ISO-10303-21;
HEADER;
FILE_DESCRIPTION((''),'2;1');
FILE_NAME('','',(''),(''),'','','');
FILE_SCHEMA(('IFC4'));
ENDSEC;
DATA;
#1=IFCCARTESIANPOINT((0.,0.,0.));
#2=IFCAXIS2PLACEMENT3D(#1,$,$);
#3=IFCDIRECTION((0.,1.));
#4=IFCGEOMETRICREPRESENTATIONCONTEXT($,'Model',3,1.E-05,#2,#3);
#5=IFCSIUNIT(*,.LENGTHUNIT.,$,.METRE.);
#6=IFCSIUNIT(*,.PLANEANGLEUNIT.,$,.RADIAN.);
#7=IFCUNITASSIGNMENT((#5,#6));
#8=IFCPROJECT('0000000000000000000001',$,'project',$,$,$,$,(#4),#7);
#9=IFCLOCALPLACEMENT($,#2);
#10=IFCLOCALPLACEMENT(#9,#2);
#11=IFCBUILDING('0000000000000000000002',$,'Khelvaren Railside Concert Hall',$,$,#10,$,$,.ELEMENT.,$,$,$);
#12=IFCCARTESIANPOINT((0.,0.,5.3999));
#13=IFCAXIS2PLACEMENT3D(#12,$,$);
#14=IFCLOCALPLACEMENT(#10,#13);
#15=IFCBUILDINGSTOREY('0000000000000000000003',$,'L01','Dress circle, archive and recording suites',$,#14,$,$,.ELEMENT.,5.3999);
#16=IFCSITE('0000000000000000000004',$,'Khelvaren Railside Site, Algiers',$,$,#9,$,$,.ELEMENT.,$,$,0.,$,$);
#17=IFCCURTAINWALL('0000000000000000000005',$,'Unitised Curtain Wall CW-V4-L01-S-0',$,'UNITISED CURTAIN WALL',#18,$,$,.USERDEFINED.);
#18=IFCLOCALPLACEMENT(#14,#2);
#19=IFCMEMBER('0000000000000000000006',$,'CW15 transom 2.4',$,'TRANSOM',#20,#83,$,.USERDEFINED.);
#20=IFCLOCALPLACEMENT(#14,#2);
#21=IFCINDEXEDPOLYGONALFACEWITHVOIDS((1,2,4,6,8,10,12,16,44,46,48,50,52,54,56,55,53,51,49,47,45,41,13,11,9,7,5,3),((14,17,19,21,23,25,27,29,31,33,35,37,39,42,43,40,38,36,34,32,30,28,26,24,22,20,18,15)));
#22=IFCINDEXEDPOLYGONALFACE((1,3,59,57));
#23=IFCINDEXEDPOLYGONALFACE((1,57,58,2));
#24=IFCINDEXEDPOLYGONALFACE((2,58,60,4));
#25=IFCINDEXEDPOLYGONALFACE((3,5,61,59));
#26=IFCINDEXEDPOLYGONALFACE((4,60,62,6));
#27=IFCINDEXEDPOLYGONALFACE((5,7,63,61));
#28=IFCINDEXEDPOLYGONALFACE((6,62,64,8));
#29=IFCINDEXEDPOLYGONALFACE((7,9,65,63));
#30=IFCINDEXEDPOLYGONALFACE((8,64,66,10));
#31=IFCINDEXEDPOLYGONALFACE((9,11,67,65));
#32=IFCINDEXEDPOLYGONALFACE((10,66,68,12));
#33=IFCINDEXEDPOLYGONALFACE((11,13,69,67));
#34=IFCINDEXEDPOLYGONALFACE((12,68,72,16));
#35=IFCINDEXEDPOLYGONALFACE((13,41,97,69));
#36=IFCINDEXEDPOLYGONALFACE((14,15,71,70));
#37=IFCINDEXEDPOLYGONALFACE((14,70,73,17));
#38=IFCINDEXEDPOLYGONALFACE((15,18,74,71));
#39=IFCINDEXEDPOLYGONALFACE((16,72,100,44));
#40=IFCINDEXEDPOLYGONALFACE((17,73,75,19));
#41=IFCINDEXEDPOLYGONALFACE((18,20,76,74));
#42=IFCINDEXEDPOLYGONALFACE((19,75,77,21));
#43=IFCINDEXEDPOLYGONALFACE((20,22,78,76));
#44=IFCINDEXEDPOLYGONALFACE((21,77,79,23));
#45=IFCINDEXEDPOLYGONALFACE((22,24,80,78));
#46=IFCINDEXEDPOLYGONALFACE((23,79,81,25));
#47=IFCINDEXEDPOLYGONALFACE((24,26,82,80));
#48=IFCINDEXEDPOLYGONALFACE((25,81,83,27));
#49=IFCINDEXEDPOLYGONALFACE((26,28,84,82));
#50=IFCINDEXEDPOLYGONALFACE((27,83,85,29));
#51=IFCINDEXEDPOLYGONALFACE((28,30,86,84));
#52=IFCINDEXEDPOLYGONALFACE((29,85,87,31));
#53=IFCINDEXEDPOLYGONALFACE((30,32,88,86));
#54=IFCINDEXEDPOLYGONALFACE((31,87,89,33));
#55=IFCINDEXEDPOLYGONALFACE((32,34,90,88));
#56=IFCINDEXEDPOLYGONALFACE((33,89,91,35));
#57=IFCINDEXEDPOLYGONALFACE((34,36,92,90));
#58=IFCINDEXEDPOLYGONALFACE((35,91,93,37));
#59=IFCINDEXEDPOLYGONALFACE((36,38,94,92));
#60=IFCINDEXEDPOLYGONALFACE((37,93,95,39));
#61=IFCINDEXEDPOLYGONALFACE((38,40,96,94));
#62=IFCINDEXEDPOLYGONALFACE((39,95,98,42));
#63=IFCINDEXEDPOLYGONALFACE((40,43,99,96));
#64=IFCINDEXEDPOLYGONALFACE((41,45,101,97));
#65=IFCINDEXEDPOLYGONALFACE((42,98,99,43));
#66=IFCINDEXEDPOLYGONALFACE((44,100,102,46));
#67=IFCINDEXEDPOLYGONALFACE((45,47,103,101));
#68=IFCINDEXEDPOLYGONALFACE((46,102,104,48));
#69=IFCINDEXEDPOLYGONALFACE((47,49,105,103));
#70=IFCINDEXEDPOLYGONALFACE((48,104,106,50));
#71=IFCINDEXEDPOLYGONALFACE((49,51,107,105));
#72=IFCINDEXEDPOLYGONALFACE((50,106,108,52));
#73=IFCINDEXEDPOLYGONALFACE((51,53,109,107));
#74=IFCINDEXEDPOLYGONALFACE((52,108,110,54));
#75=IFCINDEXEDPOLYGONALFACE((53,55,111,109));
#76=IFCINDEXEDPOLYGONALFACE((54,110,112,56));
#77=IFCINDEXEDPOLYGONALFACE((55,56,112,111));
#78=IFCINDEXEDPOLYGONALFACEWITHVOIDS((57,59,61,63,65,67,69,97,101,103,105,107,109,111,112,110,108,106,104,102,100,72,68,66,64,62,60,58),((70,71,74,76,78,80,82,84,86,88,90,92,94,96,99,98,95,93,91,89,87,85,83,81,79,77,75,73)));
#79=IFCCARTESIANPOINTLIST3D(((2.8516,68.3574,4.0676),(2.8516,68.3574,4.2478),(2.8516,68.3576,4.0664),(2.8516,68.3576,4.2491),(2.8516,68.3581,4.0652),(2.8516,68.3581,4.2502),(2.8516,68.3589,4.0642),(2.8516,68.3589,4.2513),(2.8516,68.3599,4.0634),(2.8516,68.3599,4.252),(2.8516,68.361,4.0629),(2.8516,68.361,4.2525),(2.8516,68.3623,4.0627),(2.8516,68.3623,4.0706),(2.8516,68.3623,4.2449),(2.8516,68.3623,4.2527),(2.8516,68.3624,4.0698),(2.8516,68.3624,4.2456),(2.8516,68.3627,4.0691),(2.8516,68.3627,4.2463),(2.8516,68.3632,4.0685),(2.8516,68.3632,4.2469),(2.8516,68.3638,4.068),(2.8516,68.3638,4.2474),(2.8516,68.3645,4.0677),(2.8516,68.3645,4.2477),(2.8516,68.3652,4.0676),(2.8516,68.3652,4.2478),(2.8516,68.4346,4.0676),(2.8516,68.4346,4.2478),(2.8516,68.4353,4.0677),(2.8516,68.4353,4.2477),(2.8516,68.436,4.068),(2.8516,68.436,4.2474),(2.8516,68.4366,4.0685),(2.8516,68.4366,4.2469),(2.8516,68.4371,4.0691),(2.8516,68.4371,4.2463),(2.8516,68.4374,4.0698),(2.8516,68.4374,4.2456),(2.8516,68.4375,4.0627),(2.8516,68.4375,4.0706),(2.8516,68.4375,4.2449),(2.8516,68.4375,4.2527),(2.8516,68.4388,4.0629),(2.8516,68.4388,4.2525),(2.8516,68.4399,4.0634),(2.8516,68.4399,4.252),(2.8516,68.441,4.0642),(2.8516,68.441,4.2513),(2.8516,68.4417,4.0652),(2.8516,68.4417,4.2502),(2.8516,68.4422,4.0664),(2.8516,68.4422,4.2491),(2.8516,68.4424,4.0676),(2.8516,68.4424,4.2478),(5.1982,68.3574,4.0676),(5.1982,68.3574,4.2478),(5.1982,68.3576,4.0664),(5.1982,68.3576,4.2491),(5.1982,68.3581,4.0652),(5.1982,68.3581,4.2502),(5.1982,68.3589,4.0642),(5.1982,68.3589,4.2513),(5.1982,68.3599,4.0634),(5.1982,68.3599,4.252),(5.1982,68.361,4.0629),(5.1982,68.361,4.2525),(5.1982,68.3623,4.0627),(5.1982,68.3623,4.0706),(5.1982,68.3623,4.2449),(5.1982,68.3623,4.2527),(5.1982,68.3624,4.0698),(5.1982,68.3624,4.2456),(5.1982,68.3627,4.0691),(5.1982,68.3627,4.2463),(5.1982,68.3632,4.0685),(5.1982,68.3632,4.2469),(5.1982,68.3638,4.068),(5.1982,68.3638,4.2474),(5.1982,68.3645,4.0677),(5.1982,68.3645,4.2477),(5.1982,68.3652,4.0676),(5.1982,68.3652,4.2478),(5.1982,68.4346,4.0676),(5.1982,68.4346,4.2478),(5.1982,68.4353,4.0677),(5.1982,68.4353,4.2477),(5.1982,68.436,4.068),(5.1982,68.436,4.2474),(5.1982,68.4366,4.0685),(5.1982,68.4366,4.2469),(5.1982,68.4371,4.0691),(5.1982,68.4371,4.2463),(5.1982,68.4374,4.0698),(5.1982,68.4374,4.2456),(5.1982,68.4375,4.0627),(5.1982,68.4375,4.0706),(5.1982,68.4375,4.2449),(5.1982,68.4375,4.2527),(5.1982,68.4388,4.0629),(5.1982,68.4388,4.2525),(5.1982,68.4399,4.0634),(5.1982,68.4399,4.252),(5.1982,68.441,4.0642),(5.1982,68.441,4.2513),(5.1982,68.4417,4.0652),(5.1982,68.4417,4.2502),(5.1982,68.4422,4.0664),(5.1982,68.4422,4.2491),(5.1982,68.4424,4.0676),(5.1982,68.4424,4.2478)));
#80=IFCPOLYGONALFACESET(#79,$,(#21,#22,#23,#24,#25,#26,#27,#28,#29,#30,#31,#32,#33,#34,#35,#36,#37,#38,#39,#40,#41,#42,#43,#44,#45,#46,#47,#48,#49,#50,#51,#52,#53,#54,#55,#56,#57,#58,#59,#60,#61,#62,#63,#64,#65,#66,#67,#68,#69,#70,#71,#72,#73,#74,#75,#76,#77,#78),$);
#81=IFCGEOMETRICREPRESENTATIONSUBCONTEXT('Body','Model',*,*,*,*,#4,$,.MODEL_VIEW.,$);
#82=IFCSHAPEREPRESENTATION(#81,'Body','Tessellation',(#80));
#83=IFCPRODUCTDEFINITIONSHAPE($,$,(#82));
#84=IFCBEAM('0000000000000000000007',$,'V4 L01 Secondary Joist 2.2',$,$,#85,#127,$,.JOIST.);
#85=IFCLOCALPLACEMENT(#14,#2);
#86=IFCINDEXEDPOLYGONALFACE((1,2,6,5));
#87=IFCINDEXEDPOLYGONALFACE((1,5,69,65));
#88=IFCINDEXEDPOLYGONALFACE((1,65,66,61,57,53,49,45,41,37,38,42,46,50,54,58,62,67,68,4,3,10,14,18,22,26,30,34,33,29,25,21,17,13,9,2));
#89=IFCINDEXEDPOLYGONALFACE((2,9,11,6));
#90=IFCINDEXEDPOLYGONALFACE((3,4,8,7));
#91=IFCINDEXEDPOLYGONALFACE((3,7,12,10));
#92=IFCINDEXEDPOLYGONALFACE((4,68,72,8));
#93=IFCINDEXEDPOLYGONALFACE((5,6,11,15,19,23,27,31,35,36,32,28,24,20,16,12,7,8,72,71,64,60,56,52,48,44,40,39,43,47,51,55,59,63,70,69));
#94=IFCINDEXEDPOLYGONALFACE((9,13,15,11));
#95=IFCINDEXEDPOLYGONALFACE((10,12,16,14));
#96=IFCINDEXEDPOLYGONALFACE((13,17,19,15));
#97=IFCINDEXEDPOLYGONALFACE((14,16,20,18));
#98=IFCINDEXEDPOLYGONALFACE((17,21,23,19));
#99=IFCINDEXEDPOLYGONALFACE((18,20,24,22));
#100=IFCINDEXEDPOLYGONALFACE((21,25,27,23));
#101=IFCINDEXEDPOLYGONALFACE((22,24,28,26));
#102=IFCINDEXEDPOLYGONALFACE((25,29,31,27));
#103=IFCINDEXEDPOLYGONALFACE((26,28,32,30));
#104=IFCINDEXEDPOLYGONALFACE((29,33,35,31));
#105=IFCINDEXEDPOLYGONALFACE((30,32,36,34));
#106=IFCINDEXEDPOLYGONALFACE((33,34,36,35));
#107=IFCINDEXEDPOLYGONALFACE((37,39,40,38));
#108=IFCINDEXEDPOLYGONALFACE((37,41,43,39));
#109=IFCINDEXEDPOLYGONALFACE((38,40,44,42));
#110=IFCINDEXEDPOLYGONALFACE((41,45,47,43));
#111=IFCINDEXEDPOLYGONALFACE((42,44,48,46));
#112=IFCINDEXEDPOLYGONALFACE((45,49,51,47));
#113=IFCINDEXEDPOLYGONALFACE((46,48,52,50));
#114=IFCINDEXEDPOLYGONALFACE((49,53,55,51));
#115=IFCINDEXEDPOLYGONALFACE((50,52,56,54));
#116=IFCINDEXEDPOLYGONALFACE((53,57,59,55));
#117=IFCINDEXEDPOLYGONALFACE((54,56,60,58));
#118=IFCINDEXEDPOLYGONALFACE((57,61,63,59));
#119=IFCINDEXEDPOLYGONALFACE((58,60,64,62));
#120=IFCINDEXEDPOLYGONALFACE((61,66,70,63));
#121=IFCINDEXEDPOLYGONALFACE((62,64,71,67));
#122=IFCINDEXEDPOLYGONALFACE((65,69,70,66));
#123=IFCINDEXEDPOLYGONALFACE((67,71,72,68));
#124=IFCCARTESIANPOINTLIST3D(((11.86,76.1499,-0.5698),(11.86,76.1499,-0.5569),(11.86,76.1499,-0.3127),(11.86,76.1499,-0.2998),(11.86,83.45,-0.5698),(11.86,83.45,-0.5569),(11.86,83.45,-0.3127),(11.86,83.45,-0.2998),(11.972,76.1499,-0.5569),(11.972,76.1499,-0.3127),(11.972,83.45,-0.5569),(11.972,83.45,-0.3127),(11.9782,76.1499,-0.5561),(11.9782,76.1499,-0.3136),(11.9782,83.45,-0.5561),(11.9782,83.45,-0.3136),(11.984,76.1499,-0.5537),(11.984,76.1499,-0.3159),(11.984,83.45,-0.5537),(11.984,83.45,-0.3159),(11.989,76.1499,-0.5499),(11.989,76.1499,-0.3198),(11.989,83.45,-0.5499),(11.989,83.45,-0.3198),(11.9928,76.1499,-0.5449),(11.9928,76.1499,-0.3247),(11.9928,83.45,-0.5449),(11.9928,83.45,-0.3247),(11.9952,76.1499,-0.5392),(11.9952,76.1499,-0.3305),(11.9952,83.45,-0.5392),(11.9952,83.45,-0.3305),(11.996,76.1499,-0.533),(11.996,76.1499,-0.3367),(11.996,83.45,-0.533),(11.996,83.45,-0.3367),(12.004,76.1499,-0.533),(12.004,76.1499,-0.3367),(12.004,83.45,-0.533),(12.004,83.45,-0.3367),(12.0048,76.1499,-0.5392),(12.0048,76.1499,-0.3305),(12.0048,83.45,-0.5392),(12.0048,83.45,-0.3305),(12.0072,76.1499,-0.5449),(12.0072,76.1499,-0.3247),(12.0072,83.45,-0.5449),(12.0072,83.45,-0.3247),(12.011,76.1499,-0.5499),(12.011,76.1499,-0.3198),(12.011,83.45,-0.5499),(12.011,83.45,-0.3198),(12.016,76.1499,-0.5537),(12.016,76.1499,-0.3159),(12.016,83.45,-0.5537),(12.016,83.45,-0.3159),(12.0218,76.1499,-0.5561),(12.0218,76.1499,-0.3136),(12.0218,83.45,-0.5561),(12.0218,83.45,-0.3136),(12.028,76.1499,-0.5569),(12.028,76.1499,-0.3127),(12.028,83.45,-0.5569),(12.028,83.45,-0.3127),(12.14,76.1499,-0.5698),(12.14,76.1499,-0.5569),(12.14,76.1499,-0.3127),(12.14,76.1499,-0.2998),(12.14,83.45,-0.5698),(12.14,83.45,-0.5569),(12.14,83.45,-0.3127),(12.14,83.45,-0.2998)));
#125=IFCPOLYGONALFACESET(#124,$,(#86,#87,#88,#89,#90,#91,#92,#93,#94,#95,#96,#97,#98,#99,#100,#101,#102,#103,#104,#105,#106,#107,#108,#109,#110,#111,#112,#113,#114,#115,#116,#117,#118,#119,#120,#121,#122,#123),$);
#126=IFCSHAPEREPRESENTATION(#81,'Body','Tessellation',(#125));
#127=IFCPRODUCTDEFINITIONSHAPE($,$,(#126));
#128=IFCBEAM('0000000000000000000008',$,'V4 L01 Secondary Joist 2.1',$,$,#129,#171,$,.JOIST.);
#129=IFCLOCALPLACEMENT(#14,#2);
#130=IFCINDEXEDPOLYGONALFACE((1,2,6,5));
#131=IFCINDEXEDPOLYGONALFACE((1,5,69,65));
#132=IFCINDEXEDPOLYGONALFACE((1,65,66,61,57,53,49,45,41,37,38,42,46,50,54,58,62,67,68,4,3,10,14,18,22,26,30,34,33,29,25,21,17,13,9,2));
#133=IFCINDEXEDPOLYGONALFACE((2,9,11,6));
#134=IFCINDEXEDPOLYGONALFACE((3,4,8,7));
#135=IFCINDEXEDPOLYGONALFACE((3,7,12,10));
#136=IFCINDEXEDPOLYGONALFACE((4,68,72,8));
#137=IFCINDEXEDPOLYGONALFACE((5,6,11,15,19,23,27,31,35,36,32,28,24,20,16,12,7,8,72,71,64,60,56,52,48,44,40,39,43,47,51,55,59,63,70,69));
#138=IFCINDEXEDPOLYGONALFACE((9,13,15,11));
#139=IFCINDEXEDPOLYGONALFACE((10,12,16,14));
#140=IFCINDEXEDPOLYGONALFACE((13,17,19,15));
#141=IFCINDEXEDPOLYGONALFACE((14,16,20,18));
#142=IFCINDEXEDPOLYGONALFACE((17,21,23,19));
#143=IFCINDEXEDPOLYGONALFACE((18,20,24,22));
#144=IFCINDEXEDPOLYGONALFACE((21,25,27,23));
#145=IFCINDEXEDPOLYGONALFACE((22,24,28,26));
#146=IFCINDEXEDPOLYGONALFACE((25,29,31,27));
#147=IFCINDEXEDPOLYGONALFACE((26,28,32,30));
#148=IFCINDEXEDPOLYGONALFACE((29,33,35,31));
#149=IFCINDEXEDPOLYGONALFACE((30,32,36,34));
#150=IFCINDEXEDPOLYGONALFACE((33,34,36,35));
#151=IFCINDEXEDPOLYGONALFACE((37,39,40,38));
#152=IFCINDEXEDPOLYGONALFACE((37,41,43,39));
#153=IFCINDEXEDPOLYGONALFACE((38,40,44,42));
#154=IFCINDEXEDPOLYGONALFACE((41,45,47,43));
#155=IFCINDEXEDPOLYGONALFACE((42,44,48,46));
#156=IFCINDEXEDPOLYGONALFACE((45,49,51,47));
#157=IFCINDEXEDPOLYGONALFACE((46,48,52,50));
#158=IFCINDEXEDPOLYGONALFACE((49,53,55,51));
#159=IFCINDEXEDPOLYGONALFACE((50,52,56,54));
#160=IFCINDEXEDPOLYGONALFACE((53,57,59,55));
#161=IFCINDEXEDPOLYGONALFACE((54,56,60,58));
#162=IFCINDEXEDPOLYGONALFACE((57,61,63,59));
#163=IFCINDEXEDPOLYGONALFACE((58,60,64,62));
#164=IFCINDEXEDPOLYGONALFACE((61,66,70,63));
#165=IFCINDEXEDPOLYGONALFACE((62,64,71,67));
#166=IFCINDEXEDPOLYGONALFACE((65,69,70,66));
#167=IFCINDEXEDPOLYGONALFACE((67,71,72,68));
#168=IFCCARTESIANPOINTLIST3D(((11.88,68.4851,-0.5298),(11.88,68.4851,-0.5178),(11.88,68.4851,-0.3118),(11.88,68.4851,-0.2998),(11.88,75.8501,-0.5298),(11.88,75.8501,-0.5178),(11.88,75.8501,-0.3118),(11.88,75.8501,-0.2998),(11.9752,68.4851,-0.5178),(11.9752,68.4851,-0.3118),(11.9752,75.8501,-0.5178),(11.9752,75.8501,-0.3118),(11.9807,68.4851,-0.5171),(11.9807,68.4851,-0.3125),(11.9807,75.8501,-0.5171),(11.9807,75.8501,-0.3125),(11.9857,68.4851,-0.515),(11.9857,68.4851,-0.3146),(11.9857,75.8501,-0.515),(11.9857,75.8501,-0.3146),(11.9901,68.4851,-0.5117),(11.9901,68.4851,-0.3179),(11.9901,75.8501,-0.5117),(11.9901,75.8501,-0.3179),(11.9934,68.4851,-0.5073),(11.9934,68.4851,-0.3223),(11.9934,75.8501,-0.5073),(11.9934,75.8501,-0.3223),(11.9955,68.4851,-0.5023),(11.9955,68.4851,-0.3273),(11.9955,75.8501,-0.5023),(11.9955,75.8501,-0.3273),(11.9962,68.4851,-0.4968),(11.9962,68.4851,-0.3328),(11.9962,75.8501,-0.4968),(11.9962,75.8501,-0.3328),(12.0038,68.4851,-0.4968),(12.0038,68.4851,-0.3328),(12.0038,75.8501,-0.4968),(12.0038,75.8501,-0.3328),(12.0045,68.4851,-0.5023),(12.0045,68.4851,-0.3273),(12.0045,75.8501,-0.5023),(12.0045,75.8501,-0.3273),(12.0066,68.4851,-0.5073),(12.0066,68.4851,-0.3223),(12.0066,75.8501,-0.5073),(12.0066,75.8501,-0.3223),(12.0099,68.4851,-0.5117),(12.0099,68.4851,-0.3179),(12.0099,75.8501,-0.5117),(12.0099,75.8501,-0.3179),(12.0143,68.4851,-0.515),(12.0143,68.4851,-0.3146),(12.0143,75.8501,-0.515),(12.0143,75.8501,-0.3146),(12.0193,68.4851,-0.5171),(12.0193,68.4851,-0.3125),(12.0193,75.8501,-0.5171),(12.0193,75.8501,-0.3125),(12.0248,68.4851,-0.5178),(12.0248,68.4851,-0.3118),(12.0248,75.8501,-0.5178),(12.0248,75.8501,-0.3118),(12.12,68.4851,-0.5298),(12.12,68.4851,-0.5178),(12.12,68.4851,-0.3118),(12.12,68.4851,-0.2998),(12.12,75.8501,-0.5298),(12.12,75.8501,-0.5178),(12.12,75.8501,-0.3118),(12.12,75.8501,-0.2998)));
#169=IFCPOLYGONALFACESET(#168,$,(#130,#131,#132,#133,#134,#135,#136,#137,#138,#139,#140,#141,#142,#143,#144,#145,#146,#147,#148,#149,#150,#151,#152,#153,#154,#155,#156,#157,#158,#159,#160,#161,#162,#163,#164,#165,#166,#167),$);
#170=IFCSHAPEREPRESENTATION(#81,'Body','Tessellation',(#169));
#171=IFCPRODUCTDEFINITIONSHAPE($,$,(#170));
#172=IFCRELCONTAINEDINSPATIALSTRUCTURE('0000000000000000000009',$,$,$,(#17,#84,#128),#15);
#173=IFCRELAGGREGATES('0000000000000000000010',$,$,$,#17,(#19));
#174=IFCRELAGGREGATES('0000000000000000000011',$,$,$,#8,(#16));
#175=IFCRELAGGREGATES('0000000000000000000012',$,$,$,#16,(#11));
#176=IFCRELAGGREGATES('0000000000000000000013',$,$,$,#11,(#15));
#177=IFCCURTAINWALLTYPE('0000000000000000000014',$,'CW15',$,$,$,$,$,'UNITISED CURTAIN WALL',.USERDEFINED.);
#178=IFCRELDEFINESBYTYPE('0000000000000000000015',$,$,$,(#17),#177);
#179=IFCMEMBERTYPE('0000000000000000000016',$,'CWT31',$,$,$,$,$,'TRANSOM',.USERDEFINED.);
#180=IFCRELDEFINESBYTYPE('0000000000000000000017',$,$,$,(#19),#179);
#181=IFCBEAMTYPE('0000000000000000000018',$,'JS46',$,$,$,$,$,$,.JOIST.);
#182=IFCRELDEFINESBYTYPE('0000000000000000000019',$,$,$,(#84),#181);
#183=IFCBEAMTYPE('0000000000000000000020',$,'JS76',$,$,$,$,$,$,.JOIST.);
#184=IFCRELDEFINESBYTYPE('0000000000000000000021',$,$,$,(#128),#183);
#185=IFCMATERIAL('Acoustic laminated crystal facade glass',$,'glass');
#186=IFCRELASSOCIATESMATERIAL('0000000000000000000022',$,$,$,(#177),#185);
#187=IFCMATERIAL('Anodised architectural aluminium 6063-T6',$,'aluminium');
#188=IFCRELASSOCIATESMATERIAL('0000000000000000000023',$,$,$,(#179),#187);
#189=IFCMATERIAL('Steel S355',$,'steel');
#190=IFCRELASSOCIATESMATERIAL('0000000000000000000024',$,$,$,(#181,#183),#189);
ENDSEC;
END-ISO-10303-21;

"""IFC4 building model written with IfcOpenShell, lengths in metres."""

from ifc_helpers import new_model, si_unit, direction, frame, origin, origin_2d, place, context, subcontext, project, spatial, hollow_rectangle, i_section, extrude, material, material_profile, profile_set, type_object, element, aggregate, save


model = new_model("IFC4")

# Units and contexts
model_context = context("Model", 3, precision=1e-05, world=origin(), true_north=direction((0.0, 1.0)))
body_context = subcontext(model_context, "Body", "Model", "MODEL_VIEW")
ifc_project = project(units=[si_unit("LENGTHUNIT", "METRE"), si_unit("PLANEANGLEUNIT", "RADIAN")], contexts=[model_context])

# Site, building, storey
site_placement = place(None, origin())
site = spatial("IfcSite", under=ifc_project, at=site_placement, Name="Khelvaren Railside Site, Algiers", CompositionType="ELEMENT", RefElevation=0.0)
building_placement = place(site_placement, origin())
building = spatial("IfcBuilding", under=site, at=building_placement, Name="Khelvaren Railside Concert Hall", CompositionType="ELEMENT")
storey_placement = place(building_placement, frame((0.0, 0.0, 5.3999)))
storey = spatial("IfcBuildingStorey", under=building, at=storey_placement, Name="L01", Description="Dress circle, archive and recording suites", CompositionType="ELEMENT", Elevation=5.3999)

# Shared definitions
ifc_material_1 = material(Name="Steel S355", Category="steel")

# Curtain wall, member
ifc_material_2 = material(Name="Acoustic laminated crystal facade glass", Category="glass")
curtain_wall_type = type_object("IfcCurtainWallType", Name="CW15", ElementType="UNITISED CURTAIN WALL", PredefinedType="USERDEFINED", material=ifc_material_2)
curtain_wall_placement = place(storey_placement, origin())
curtain_wall = element("IfcCurtainWall", 1, at=curtain_wall_placement, inside=storey, type_object=curtain_wall_type, Name="Unitised Curtain Wall CW-V4-L01-S-0", ObjectType="UNITISED CURTAIN WALL", PredefinedType="USERDEFINED")
ifc_material_3 = material(Name="Anodised architectural aluminium 6063-T6", Category="aluminium")
ifc_material_profile_1 = material_profile(ifc_material_3, hollow_rectangle(XDim=0.085, YDim=0.1899, WallThickness=0.0049, InnerFilletRadius=0.0029, OuterFilletRadius=0.0049, at=origin_2d()), Name="CWT 85x190x5")
ifc_profile_set_1 = profile_set([ifc_material_profile_1], Name="Anodised architectural aluminium 6063-T6")
member_type_1 = type_object("IfcMemberType", Name="CWT31", ElementType="TRANSOM", PredefinedType="USERDEFINED", material=ifc_profile_set_1)
member_1_placement = place(storey_placement, frame((5.1982, 68.3999, 4.1577), z_axis=(-1.0, 0.0, 0.0), x_axis=(0.0, -1.0, 0.0)))
member_1 = element("IfcMember", 2, at=member_1_placement, type_object=member_type_1, Name="CW15 transom 2.4", ObjectType="TRANSOM", PredefinedType="USERDEFINED", context=body_context, shape_type="SweptSolid", body=[
    extrude(hollow_rectangle(XDim=0.085, YDim=0.1899, WallThickness=0.0049, InnerFilletRadius=0.0029, OuterFilletRadius=0.0049, at=origin_2d()), origin(), (0.0, 0.0, 1.0), 2.3467),
])

# Beams
ifc_material_profile_2 = material_profile(ifc_material_1, i_section(OverallWidth=0.28, OverallDepth=0.27, WebThickness=0.0081, FlangeThickness=0.0129, FilletRadius=0.0239, at=origin_2d()), Name="HEA 280")
ifc_profile_set_2 = profile_set([ifc_material_profile_2], Name="Steel S355")
beam_type_1 = type_object("IfcBeamType", Name="JS46", PredefinedType="JOIST", material=ifc_profile_set_2)
beam_1_placement = place(storey_placement, frame((12.0, 76.1499, -0.4348), z_axis=(0.0, 1.0, 0.0), x_axis=(-1.0, 0.0, 0.0)))
element("IfcBeam", 3, at=beam_1_placement, inside=storey, type_object=beam_type_1, Name="V4 L01 Secondary Joist 2.2", PredefinedType="JOIST", context=body_context, shape_type="SweptSolid", body=[
    extrude(i_section(OverallWidth=0.28, OverallDepth=0.27, WebThickness=0.0081, FlangeThickness=0.0129, FilletRadius=0.0239, at=origin_2d()), origin(), (0.0, 0.0, 1.0), 7.3),
])
ifc_material_profile_3 = material_profile(ifc_material_1, i_section(OverallWidth=0.24, OverallDepth=0.23, WebThickness=0.0076, FlangeThickness=0.012, FilletRadius=0.021, at=origin_2d()), Name="HEA 240")
ifc_profile_set_3 = profile_set([ifc_material_profile_3], Name="Steel S355")
beam_type_2 = type_object("IfcBeamType", Name="JS76", PredefinedType="JOIST", material=ifc_profile_set_3)
beam_2_placement = place(storey_placement, frame((12.0, 68.4851, -0.4148), z_axis=(0.0, 1.0, 0.0), x_axis=(-1.0, 0.0, 0.0)))
element("IfcBeam", 4, at=beam_2_placement, inside=storey, type_object=beam_type_2, Name="V4 L01 Secondary Joist 2.1", PredefinedType="JOIST", context=body_context, shape_type="SweptSolid", body=[
    extrude(i_section(OverallWidth=0.24, OverallDepth=0.23, WebThickness=0.0076, FlangeThickness=0.012, FilletRadius=0.021, at=origin_2d()), origin(), (0.0, 0.0, 1.0), 7.365),
])

aggregate(curtain_wall, [member_1])

save(model, "model.ifc")
